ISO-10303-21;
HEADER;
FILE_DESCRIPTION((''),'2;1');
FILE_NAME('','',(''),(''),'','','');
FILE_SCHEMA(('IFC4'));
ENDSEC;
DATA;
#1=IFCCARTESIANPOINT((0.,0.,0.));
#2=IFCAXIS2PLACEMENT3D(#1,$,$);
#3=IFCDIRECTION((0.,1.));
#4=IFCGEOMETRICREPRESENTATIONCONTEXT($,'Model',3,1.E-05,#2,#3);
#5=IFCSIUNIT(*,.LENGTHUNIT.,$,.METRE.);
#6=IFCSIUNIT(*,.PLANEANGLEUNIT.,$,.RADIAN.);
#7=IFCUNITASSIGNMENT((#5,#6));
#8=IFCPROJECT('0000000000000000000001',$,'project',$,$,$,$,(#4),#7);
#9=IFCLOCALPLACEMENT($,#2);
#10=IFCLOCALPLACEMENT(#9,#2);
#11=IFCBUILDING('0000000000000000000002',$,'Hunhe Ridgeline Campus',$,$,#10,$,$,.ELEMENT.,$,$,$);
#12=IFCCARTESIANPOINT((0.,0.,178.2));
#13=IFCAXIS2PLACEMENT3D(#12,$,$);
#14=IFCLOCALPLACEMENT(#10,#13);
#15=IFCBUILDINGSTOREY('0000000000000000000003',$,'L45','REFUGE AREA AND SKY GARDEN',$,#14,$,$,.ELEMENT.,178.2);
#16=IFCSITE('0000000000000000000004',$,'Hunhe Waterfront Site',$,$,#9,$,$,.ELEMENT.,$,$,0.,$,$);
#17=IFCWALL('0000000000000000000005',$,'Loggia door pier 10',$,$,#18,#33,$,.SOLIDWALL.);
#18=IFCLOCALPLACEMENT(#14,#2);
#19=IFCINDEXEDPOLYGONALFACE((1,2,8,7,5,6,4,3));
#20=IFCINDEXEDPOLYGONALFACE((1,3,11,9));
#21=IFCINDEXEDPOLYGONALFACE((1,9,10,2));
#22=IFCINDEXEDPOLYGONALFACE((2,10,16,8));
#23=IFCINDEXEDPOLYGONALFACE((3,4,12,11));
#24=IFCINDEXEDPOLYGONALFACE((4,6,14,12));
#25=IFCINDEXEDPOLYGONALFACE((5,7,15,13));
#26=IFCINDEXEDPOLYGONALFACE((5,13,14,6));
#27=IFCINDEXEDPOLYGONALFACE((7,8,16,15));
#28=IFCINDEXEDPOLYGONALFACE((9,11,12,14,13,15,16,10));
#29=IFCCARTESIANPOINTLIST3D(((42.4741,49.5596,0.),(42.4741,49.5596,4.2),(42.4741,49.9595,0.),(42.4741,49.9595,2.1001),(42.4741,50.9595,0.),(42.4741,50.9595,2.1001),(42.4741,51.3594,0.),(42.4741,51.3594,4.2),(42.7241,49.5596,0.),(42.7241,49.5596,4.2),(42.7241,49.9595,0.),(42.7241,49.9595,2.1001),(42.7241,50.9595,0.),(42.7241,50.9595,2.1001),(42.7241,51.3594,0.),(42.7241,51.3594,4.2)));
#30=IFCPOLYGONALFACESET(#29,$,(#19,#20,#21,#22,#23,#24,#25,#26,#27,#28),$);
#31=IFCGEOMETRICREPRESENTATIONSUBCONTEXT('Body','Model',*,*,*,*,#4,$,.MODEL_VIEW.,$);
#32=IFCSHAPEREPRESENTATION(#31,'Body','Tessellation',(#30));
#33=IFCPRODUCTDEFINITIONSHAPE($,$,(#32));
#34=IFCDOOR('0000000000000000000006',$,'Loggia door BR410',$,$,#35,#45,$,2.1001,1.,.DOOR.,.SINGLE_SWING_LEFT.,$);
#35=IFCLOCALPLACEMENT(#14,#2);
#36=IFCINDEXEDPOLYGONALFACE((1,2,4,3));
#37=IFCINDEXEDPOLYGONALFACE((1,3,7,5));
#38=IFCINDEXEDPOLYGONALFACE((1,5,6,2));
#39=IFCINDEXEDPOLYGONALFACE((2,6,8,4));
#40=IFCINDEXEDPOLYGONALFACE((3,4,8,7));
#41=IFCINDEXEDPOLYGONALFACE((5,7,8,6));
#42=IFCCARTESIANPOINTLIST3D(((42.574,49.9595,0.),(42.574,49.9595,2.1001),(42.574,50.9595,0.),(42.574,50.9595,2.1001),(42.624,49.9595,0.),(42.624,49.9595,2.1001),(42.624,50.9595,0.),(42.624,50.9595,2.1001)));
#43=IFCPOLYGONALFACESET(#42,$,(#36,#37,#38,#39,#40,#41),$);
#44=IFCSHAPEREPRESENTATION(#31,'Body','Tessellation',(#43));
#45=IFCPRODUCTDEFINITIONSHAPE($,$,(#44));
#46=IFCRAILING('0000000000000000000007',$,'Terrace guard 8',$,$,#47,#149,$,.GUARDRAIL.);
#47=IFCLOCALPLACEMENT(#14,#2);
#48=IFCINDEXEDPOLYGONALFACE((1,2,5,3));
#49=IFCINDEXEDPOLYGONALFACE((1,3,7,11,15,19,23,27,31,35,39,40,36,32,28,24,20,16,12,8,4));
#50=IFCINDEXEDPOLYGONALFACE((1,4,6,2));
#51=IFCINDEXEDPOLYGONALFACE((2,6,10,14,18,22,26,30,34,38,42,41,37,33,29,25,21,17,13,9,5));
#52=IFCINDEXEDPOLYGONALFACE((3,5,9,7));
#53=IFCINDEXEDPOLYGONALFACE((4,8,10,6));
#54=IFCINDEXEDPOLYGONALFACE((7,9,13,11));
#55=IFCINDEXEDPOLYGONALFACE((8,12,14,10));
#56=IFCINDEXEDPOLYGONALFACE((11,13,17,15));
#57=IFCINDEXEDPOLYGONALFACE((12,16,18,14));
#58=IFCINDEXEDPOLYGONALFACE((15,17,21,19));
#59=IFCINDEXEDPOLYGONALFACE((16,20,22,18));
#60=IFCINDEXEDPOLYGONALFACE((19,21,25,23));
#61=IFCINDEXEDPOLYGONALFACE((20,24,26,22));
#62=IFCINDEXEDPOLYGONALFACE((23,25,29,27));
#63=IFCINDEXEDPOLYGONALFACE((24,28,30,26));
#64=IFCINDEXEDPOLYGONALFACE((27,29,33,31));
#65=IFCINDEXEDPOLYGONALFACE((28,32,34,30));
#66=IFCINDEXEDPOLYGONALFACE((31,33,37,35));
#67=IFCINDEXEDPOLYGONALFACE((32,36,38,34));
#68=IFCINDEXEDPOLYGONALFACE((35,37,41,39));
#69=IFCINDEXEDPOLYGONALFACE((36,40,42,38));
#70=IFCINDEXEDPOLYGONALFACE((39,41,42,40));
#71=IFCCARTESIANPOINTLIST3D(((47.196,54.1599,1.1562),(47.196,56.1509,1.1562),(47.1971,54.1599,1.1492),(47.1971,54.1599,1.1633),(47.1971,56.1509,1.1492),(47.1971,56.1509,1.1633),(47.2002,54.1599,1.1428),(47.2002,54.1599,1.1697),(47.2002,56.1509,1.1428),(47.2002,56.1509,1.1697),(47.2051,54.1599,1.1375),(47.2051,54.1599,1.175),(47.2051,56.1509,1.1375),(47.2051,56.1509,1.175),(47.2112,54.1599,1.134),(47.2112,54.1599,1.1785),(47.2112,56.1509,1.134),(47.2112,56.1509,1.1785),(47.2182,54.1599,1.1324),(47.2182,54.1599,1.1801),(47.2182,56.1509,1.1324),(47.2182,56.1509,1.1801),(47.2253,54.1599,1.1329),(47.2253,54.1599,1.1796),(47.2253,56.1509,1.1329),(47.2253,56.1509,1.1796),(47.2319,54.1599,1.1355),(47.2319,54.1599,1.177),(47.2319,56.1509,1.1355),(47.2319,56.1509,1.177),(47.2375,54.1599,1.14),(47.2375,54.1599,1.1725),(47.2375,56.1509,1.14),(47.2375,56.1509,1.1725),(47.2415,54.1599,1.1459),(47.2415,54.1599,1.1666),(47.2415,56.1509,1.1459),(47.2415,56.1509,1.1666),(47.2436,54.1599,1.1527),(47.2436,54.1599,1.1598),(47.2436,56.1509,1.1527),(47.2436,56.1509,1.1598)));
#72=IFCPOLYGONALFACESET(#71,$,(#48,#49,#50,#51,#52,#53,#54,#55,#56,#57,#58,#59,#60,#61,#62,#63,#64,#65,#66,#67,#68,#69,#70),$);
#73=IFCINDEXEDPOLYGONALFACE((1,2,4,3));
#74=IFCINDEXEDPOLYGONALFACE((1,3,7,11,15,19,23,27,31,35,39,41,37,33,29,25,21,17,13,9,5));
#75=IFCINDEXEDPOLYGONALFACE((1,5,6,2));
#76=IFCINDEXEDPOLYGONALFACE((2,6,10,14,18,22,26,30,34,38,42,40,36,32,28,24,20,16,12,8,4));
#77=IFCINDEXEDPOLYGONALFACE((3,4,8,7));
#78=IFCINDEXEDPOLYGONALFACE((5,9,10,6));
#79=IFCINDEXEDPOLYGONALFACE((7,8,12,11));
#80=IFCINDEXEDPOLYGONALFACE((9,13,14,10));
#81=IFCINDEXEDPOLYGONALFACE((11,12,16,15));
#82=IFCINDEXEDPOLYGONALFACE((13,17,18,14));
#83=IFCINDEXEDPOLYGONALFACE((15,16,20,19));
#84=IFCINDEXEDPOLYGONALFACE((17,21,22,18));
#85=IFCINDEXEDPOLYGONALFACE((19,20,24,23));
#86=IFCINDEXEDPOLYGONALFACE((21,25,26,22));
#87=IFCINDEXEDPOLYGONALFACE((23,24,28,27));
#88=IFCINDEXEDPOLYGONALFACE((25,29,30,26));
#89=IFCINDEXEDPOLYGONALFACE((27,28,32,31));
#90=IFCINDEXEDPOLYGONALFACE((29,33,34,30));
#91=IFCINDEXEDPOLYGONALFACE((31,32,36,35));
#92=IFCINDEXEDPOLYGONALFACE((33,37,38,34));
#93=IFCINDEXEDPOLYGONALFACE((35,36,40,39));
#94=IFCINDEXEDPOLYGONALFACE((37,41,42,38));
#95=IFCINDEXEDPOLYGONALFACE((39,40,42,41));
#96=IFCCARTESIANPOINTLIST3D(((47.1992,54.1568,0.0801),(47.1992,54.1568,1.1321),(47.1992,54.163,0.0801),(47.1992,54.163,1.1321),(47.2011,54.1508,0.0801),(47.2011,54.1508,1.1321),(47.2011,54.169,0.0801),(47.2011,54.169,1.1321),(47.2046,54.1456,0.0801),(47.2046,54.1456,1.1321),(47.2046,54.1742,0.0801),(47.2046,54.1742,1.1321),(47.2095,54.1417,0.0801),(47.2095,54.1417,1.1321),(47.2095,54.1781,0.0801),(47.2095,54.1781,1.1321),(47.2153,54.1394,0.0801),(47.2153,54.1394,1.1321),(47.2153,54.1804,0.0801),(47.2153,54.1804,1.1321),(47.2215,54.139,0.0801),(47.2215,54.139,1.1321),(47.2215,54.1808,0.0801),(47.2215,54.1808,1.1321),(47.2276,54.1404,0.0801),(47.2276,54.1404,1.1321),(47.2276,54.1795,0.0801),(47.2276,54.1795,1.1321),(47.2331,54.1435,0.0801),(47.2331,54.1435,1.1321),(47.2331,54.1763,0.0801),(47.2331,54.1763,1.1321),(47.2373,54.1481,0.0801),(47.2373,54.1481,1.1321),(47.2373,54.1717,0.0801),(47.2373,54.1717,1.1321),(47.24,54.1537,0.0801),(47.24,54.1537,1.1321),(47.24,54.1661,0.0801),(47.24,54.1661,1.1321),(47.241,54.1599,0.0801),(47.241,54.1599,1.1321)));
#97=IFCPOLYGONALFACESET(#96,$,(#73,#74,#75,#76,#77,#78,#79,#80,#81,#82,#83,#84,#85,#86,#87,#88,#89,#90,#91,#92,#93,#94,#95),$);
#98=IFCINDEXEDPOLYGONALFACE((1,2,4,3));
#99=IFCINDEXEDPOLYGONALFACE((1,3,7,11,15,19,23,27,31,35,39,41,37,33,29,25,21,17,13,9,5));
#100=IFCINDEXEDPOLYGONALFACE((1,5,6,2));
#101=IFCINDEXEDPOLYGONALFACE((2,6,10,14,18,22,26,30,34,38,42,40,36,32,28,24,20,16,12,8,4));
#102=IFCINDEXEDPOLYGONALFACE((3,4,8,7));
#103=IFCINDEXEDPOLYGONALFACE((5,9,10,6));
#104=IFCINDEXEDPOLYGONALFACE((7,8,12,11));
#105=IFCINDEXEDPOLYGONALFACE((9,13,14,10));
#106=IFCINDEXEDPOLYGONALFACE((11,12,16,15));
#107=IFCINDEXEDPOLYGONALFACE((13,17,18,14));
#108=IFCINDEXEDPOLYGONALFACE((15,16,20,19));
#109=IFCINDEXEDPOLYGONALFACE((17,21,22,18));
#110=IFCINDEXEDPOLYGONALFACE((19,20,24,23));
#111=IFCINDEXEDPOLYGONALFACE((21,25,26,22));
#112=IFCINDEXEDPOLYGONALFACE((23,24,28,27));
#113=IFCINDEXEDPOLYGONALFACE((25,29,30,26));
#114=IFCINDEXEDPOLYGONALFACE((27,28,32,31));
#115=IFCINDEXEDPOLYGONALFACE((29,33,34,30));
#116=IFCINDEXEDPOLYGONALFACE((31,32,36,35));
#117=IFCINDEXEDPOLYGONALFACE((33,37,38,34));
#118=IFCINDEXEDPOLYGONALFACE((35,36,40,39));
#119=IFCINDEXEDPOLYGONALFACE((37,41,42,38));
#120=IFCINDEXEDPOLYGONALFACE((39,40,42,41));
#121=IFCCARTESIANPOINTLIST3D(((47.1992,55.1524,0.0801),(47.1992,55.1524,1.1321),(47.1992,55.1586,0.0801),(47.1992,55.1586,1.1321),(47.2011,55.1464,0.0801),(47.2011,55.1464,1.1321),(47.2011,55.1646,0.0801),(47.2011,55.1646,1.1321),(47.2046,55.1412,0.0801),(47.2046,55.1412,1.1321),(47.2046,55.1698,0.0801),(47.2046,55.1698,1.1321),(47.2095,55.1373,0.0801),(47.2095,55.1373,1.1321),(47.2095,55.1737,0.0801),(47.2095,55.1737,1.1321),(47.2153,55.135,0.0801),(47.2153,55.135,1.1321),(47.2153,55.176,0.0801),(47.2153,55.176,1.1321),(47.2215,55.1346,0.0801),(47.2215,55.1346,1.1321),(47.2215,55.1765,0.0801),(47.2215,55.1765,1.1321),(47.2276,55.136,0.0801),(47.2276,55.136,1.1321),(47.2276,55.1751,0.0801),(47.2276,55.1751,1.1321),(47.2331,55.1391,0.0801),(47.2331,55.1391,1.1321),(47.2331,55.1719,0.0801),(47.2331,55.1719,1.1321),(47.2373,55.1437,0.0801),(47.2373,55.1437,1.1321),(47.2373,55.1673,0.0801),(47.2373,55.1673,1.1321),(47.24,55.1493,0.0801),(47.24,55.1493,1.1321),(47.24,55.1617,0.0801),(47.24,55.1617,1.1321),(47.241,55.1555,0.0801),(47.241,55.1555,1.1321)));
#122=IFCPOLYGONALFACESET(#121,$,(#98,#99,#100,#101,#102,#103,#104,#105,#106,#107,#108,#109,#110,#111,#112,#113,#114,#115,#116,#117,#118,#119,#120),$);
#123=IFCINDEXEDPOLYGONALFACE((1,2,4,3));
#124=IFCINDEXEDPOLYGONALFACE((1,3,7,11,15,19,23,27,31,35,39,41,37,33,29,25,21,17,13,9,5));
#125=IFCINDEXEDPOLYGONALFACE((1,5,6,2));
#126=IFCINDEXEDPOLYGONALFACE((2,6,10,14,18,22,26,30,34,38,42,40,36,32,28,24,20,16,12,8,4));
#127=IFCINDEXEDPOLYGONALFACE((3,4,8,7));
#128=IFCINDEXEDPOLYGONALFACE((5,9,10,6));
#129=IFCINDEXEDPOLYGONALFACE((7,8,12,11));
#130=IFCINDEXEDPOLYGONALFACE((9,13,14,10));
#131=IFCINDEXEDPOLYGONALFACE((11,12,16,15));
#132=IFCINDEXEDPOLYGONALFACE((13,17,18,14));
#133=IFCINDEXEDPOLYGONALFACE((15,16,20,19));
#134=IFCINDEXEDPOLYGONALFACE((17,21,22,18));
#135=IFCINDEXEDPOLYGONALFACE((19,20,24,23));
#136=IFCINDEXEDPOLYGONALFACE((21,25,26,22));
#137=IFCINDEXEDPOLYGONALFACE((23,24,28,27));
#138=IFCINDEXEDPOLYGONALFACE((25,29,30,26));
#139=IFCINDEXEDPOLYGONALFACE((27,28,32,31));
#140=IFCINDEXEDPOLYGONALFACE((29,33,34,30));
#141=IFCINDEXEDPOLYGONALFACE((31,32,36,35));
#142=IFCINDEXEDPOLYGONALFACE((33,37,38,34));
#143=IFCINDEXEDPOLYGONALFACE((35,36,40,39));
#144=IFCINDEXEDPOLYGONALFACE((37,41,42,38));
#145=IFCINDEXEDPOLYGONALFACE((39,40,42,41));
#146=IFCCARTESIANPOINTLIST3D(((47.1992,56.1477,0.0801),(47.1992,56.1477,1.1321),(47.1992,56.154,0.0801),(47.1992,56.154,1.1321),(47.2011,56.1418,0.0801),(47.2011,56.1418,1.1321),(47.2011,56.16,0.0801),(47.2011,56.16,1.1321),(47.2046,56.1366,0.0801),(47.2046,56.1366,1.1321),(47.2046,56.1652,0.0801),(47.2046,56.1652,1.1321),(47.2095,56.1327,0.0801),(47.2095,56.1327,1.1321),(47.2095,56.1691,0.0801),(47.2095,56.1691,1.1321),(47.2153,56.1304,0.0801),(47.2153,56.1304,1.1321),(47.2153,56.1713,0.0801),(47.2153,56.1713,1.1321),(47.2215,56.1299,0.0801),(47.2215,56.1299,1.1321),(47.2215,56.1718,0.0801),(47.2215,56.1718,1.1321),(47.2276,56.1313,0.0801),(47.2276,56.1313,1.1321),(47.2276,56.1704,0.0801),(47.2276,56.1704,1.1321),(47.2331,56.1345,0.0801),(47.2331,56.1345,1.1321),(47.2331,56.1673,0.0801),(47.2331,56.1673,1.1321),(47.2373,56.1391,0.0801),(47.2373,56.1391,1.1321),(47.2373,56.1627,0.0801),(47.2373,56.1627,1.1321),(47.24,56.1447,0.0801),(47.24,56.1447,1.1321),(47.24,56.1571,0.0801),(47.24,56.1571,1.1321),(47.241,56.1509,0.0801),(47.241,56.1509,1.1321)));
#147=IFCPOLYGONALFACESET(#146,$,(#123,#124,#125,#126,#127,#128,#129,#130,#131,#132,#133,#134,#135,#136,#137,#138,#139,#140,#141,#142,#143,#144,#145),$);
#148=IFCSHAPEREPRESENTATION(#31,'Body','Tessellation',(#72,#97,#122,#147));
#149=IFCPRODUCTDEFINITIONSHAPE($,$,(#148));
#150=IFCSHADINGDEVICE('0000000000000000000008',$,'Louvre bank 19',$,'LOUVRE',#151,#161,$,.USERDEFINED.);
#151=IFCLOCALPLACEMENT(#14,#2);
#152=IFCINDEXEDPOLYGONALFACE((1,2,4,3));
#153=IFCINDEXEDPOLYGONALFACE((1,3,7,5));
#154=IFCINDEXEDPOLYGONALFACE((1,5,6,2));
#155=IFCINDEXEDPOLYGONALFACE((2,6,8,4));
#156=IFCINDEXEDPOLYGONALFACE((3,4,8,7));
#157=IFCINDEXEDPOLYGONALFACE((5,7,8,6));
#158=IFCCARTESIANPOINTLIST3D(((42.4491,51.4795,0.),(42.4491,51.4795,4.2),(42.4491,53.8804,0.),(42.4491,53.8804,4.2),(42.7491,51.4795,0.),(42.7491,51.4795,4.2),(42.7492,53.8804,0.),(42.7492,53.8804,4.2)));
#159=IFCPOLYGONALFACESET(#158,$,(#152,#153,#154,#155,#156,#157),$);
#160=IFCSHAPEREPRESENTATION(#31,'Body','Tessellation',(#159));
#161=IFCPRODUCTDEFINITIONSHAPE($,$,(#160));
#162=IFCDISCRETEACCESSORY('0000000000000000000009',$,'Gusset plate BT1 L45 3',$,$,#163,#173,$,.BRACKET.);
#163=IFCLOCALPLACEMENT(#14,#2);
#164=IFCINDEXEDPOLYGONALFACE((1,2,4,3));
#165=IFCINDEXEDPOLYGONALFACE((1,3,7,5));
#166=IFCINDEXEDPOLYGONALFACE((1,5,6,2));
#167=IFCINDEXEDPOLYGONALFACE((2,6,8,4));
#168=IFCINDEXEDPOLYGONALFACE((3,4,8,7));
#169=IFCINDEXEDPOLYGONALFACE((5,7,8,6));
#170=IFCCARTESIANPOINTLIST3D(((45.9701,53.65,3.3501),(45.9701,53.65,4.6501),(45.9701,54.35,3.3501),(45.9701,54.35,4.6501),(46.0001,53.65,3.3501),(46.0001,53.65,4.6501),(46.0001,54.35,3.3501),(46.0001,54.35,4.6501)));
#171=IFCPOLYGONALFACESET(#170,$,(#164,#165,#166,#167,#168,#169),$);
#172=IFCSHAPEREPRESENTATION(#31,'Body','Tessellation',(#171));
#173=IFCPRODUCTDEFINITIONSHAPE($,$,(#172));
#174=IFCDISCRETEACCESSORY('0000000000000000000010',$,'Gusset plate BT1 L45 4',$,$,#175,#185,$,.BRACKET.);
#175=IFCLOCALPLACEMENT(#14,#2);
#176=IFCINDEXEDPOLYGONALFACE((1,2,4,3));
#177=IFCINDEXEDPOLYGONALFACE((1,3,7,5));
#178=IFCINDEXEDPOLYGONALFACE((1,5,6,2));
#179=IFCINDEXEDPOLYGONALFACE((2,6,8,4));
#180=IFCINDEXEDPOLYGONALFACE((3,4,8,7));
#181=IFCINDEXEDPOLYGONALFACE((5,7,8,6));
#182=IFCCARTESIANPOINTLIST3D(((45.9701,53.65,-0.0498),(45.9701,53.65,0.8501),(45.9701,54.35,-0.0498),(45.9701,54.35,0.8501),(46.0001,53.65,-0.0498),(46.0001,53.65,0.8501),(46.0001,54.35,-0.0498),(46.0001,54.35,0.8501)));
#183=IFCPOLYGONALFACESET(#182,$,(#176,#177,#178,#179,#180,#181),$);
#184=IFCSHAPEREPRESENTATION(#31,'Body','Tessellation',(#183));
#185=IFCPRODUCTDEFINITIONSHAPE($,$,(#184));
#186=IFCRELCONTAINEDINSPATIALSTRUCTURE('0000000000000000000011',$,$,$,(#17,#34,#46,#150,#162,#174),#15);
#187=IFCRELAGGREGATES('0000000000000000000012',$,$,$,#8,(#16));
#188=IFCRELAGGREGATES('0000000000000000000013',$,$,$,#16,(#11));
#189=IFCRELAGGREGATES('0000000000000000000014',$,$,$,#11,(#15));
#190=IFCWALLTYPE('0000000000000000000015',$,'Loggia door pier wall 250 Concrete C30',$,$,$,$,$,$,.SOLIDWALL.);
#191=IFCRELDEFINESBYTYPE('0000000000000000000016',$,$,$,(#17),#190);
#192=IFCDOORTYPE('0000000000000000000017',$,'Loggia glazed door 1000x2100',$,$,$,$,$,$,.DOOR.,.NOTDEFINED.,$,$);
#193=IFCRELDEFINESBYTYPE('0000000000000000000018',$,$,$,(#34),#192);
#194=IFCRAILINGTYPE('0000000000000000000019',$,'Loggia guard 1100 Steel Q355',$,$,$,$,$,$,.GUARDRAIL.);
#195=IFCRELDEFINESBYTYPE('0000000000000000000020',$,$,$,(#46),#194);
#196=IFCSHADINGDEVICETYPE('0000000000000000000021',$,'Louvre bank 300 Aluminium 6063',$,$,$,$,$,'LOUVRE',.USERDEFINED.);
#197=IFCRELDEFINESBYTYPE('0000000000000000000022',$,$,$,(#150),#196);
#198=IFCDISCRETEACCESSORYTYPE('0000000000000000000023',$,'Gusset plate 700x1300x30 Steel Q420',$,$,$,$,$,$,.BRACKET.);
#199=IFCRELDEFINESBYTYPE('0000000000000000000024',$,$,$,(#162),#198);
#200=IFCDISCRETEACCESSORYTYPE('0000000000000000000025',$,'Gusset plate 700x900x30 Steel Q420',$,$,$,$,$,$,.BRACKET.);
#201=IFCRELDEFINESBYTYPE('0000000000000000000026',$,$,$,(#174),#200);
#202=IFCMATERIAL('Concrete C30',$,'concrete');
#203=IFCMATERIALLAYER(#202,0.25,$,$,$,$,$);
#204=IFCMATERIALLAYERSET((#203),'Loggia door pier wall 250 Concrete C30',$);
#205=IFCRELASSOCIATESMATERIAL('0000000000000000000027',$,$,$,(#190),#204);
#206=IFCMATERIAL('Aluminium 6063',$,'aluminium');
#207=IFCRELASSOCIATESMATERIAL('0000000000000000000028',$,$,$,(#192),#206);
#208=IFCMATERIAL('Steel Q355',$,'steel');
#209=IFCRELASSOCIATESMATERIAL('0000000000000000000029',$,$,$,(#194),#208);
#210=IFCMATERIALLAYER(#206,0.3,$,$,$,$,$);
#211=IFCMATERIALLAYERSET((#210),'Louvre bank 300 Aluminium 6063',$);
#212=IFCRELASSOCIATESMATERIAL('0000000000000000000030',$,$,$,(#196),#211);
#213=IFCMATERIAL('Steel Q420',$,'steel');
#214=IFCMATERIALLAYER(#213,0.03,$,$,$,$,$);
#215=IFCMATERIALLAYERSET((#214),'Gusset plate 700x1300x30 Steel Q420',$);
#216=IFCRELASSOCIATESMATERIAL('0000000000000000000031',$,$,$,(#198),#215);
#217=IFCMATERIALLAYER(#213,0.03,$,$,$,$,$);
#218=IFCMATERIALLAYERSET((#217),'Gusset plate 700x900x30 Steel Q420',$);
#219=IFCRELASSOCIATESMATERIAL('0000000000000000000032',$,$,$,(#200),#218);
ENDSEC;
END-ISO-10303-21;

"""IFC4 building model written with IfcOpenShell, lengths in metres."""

from ifc_helpers import new_model, si_unit, direction, frame, frame_2d, origin, origin_2d, place, context, subcontext, project, spatial, rectangle, circle, extrude, material, layer, layer_set, type_object, element, fill, save


model = new_model("IFC4")

# Units and contexts
model_context = context("Model", 3, precision=1e-05, world=origin(), true_north=direction((0.0, 1.0)))
body_context = subcontext(model_context, "Body", "Model", "MODEL_VIEW")
ifc_project = project(units=[si_unit("LENGTHUNIT", "METRE"), si_unit("PLANEANGLEUNIT", "RADIAN")], contexts=[model_context])

# Site, building, storey
site_placement = place(None, origin())
site = spatial("IfcSite", under=ifc_project, at=site_placement, Name="Hunhe Waterfront Site", CompositionType="ELEMENT", RefElevation=0.0)
building_placement = place(site_placement, origin())
building = spatial("IfcBuilding", under=site, at=building_placement, Name="Hunhe Ridgeline Campus", CompositionType="ELEMENT")
storey_placement = place(building_placement, frame((0.0, 0.0, 178.2)))
storey = spatial("IfcBuildingStorey", under=building, at=storey_placement, Name="L45", Description="REFUGE AREA AND SKY GARDEN", CompositionType="ELEMENT", Elevation=178.2)

# Shared definitions
ifc_material_1 = material(Name="Steel Q420", Category="steel")
ifc_material_2 = material(Name="Aluminium 6063", Category="aluminium")

# Shared definitions
ifc_material_3 = material(Name="Concrete C30", Category="concrete")

# Wall, opening, door
ifc_layer_1 = layer(ifc_material_3, 0.25)
ifc_layer_set_1 = layer_set([ifc_layer_1], Name="Loggia door pier wall 250 Concrete C30")
wall_type_1 = type_object("IfcWallType", Name="Loggia door pier wall 250 Concrete C30", PredefinedType="SOLIDWALL", material=ifc_layer_set_1)
wall_1_placement = place(storey_placement, frame((42.5991, 49.5596, 0.0), z_axis=(0.0, 0.0, 1.0), x_axis=(0.0, 1.0, 0.0)))
wall_1 = element("IfcWall", 1, at=wall_1_placement, inside=storey, type_object=wall_type_1, Name="Loggia door pier 10", PredefinedType="SOLIDWALL", context=body_context, shape_type="SweptSolid", body=[
    extrude(rectangle(XDim=1.7998, YDim=0.25, at=frame_2d((0.8999, 0.0))), origin(), (0.0, 0.0, 1.0), 4.2),
])
opening_placement = place(wall_1_placement, frame((0.3999, 0.0, 0.0)))
opening = element("IfcOpeningElement", 2, at=opening_placement, cuts=wall_1, PredefinedType="OPENING", context=body_context, shape_type="SweptSolid", body=[
    extrude(rectangle(XDim=1.0, YDim=2.1001, at=frame_2d((0.5, 1.05))), frame((0.0, 0.125, 0.0), z_axis=(0.0, -1.0, 0.0), x_axis=(1.0, 0.0, 0.0)), (0.0, 0.0, 1.0), 0.25),
])
door_type = type_object("IfcDoorType", Name="Loggia glazed door 1000x2100", OperationType="NOTDEFINED", PredefinedType="DOOR", material=ifc_material_2)
door_placement = place(opening_placement, frame((1.0, 0.0, 0.0), z_axis=(0.0, 0.0, 1.0), x_axis=(-1.0, 0.0, 0.0)))
door = element("IfcDoor", 3, at=door_placement, inside=storey, type_object=door_type, Name="Loggia door BR410", OperationType="SINGLE_SWING_LEFT", OverallHeight=2.1001, OverallWidth=1.0, PredefinedType="DOOR", context=body_context, shape_type="SweptSolid", body=[
    extrude(rectangle(XDim=1.0, YDim=2.1001, at=frame_2d((0.5, 1.05))), frame((0.0, 0.0249, 0.0), z_axis=(0.0, -1.0, 0.0), x_axis=(1.0, 0.0, 0.0)), (0.0, 0.0, 1.0), 0.05),
])
fill(opening, door)

# Railing
ifc_material_4 = material(Name="Steel Q355", Category="steel")
railing_type = type_object("IfcRailingType", Name="Loggia guard 1100 Steel Q355", PredefinedType="GUARDRAIL", material=ifc_material_4)
railing_placement = place(storey_placement, frame((47.22, 54.1599, 0.0801)))
element("IfcRailing", 4, at=railing_placement, inside=storey, type_object=railing_type, Name="Terrace guard 8", PredefinedType="GUARDRAIL", context=body_context, shape_type="SweptSolid", body=[
    extrude(circle(Radius=0.0239, at=origin_2d()), frame((0.0, 0.0, 1.0762), z_axis=(0.0, 1.0, 0.0), x_axis=(-1.0, 0.0, 0.0)), (0.0, 0.0, 1.0), 1.991),
    extrude(circle(Radius=0.021, at=origin_2d()), origin(), (0.0, 0.0, 1.0), 1.052),
    extrude(circle(Radius=0.021, at=origin_2d()), frame((0.0, 0.9956, 0.0)), (0.0, 0.0, 1.0), 1.052),
    extrude(circle(Radius=0.021, at=origin_2d()), frame((0.0, 1.991, 0.0)), (0.0, 0.0, 1.0), 1.052),
])

# Shading device
ifc_layer_2 = layer(ifc_material_2, 0.3)
ifc_layer_set_2 = layer_set([ifc_layer_2], Name="Louvre bank 300 Aluminium 6063")
shading_device_type = type_object("IfcShadingDeviceType", Name="Louvre bank 300 Aluminium 6063", ElementType="LOUVRE", PredefinedType="USERDEFINED", material=ifc_layer_set_2)
shading_device_placement = place(storey_placement, frame((42.5991, 52.6799, 0.0), z_axis=(0.0, 0.0, 1.0), x_axis=(0.000007, 1.0, 0.0)))
element("IfcShadingDevice", 5, at=shading_device_placement, inside=storey, type_object=shading_device_type, Name="Louvre bank 19", ObjectType="LOUVRE", PredefinedType="USERDEFINED", context=body_context, shape_type="SweptSolid", body=[
    extrude(rectangle(XDim=2.4009, YDim=0.3, at=origin_2d()), origin(), (0.0, 0.0, 1.0), 4.2),
])

# Discrete accessories
ifc_layer_3 = layer(ifc_material_1, 0.03)
ifc_layer_set_3 = layer_set([ifc_layer_3], Name="Gusset plate 700x1300x30 Steel Q420")
discrete_accessory_type_1 = type_object("IfcDiscreteAccessoryType", Name="Gusset plate 700x1300x30 Steel Q420", PredefinedType="BRACKET", material=ifc_layer_set_3)
discrete_accessory_1_placement = place(storey_placement, frame((45.9851, 54.0, 3.3501), z_axis=(0.0, 0.0, 1.0), x_axis=(-1.0, 0.0, 0.0)))
element("IfcDiscreteAccessory", 6, at=discrete_accessory_1_placement, inside=storey, type_object=discrete_accessory_type_1, Name="Gusset plate BT1 L45 3", PredefinedType="BRACKET", context=body_context, shape_type="SweptSolid", body=[
    extrude(rectangle(XDim=0.03, YDim=0.7, at=origin_2d()), origin(), (0.0, 0.0, 1.0), 1.3),
])
ifc_layer_4 = layer(ifc_material_1, 0.03)
ifc_layer_set_4 = layer_set([ifc_layer_4], Name="Gusset plate 700x900x30 Steel Q420")
discrete_accessory_type_2 = type_object("IfcDiscreteAccessoryType", Name="Gusset plate 700x900x30 Steel Q420", PredefinedType="BRACKET", material=ifc_layer_set_4)
discrete_accessory_2_placement = place(storey_placement, frame((45.9851, 54.0, -0.0498), z_axis=(0.0, 0.0, 1.0), x_axis=(-1.0, 0.0, 0.0)))
element("IfcDiscreteAccessory", 7, at=discrete_accessory_2_placement, inside=storey, type_object=discrete_accessory_type_2, Name="Gusset plate BT1 L45 4", PredefinedType="BRACKET", context=body_context, shape_type="SweptSolid", body=[
    extrude(rectangle(XDim=0.03, YDim=0.7, at=origin_2d()), origin(), (0.0, 0.0, 1.0), 0.8999),
])

save(model, "model.ifc")
